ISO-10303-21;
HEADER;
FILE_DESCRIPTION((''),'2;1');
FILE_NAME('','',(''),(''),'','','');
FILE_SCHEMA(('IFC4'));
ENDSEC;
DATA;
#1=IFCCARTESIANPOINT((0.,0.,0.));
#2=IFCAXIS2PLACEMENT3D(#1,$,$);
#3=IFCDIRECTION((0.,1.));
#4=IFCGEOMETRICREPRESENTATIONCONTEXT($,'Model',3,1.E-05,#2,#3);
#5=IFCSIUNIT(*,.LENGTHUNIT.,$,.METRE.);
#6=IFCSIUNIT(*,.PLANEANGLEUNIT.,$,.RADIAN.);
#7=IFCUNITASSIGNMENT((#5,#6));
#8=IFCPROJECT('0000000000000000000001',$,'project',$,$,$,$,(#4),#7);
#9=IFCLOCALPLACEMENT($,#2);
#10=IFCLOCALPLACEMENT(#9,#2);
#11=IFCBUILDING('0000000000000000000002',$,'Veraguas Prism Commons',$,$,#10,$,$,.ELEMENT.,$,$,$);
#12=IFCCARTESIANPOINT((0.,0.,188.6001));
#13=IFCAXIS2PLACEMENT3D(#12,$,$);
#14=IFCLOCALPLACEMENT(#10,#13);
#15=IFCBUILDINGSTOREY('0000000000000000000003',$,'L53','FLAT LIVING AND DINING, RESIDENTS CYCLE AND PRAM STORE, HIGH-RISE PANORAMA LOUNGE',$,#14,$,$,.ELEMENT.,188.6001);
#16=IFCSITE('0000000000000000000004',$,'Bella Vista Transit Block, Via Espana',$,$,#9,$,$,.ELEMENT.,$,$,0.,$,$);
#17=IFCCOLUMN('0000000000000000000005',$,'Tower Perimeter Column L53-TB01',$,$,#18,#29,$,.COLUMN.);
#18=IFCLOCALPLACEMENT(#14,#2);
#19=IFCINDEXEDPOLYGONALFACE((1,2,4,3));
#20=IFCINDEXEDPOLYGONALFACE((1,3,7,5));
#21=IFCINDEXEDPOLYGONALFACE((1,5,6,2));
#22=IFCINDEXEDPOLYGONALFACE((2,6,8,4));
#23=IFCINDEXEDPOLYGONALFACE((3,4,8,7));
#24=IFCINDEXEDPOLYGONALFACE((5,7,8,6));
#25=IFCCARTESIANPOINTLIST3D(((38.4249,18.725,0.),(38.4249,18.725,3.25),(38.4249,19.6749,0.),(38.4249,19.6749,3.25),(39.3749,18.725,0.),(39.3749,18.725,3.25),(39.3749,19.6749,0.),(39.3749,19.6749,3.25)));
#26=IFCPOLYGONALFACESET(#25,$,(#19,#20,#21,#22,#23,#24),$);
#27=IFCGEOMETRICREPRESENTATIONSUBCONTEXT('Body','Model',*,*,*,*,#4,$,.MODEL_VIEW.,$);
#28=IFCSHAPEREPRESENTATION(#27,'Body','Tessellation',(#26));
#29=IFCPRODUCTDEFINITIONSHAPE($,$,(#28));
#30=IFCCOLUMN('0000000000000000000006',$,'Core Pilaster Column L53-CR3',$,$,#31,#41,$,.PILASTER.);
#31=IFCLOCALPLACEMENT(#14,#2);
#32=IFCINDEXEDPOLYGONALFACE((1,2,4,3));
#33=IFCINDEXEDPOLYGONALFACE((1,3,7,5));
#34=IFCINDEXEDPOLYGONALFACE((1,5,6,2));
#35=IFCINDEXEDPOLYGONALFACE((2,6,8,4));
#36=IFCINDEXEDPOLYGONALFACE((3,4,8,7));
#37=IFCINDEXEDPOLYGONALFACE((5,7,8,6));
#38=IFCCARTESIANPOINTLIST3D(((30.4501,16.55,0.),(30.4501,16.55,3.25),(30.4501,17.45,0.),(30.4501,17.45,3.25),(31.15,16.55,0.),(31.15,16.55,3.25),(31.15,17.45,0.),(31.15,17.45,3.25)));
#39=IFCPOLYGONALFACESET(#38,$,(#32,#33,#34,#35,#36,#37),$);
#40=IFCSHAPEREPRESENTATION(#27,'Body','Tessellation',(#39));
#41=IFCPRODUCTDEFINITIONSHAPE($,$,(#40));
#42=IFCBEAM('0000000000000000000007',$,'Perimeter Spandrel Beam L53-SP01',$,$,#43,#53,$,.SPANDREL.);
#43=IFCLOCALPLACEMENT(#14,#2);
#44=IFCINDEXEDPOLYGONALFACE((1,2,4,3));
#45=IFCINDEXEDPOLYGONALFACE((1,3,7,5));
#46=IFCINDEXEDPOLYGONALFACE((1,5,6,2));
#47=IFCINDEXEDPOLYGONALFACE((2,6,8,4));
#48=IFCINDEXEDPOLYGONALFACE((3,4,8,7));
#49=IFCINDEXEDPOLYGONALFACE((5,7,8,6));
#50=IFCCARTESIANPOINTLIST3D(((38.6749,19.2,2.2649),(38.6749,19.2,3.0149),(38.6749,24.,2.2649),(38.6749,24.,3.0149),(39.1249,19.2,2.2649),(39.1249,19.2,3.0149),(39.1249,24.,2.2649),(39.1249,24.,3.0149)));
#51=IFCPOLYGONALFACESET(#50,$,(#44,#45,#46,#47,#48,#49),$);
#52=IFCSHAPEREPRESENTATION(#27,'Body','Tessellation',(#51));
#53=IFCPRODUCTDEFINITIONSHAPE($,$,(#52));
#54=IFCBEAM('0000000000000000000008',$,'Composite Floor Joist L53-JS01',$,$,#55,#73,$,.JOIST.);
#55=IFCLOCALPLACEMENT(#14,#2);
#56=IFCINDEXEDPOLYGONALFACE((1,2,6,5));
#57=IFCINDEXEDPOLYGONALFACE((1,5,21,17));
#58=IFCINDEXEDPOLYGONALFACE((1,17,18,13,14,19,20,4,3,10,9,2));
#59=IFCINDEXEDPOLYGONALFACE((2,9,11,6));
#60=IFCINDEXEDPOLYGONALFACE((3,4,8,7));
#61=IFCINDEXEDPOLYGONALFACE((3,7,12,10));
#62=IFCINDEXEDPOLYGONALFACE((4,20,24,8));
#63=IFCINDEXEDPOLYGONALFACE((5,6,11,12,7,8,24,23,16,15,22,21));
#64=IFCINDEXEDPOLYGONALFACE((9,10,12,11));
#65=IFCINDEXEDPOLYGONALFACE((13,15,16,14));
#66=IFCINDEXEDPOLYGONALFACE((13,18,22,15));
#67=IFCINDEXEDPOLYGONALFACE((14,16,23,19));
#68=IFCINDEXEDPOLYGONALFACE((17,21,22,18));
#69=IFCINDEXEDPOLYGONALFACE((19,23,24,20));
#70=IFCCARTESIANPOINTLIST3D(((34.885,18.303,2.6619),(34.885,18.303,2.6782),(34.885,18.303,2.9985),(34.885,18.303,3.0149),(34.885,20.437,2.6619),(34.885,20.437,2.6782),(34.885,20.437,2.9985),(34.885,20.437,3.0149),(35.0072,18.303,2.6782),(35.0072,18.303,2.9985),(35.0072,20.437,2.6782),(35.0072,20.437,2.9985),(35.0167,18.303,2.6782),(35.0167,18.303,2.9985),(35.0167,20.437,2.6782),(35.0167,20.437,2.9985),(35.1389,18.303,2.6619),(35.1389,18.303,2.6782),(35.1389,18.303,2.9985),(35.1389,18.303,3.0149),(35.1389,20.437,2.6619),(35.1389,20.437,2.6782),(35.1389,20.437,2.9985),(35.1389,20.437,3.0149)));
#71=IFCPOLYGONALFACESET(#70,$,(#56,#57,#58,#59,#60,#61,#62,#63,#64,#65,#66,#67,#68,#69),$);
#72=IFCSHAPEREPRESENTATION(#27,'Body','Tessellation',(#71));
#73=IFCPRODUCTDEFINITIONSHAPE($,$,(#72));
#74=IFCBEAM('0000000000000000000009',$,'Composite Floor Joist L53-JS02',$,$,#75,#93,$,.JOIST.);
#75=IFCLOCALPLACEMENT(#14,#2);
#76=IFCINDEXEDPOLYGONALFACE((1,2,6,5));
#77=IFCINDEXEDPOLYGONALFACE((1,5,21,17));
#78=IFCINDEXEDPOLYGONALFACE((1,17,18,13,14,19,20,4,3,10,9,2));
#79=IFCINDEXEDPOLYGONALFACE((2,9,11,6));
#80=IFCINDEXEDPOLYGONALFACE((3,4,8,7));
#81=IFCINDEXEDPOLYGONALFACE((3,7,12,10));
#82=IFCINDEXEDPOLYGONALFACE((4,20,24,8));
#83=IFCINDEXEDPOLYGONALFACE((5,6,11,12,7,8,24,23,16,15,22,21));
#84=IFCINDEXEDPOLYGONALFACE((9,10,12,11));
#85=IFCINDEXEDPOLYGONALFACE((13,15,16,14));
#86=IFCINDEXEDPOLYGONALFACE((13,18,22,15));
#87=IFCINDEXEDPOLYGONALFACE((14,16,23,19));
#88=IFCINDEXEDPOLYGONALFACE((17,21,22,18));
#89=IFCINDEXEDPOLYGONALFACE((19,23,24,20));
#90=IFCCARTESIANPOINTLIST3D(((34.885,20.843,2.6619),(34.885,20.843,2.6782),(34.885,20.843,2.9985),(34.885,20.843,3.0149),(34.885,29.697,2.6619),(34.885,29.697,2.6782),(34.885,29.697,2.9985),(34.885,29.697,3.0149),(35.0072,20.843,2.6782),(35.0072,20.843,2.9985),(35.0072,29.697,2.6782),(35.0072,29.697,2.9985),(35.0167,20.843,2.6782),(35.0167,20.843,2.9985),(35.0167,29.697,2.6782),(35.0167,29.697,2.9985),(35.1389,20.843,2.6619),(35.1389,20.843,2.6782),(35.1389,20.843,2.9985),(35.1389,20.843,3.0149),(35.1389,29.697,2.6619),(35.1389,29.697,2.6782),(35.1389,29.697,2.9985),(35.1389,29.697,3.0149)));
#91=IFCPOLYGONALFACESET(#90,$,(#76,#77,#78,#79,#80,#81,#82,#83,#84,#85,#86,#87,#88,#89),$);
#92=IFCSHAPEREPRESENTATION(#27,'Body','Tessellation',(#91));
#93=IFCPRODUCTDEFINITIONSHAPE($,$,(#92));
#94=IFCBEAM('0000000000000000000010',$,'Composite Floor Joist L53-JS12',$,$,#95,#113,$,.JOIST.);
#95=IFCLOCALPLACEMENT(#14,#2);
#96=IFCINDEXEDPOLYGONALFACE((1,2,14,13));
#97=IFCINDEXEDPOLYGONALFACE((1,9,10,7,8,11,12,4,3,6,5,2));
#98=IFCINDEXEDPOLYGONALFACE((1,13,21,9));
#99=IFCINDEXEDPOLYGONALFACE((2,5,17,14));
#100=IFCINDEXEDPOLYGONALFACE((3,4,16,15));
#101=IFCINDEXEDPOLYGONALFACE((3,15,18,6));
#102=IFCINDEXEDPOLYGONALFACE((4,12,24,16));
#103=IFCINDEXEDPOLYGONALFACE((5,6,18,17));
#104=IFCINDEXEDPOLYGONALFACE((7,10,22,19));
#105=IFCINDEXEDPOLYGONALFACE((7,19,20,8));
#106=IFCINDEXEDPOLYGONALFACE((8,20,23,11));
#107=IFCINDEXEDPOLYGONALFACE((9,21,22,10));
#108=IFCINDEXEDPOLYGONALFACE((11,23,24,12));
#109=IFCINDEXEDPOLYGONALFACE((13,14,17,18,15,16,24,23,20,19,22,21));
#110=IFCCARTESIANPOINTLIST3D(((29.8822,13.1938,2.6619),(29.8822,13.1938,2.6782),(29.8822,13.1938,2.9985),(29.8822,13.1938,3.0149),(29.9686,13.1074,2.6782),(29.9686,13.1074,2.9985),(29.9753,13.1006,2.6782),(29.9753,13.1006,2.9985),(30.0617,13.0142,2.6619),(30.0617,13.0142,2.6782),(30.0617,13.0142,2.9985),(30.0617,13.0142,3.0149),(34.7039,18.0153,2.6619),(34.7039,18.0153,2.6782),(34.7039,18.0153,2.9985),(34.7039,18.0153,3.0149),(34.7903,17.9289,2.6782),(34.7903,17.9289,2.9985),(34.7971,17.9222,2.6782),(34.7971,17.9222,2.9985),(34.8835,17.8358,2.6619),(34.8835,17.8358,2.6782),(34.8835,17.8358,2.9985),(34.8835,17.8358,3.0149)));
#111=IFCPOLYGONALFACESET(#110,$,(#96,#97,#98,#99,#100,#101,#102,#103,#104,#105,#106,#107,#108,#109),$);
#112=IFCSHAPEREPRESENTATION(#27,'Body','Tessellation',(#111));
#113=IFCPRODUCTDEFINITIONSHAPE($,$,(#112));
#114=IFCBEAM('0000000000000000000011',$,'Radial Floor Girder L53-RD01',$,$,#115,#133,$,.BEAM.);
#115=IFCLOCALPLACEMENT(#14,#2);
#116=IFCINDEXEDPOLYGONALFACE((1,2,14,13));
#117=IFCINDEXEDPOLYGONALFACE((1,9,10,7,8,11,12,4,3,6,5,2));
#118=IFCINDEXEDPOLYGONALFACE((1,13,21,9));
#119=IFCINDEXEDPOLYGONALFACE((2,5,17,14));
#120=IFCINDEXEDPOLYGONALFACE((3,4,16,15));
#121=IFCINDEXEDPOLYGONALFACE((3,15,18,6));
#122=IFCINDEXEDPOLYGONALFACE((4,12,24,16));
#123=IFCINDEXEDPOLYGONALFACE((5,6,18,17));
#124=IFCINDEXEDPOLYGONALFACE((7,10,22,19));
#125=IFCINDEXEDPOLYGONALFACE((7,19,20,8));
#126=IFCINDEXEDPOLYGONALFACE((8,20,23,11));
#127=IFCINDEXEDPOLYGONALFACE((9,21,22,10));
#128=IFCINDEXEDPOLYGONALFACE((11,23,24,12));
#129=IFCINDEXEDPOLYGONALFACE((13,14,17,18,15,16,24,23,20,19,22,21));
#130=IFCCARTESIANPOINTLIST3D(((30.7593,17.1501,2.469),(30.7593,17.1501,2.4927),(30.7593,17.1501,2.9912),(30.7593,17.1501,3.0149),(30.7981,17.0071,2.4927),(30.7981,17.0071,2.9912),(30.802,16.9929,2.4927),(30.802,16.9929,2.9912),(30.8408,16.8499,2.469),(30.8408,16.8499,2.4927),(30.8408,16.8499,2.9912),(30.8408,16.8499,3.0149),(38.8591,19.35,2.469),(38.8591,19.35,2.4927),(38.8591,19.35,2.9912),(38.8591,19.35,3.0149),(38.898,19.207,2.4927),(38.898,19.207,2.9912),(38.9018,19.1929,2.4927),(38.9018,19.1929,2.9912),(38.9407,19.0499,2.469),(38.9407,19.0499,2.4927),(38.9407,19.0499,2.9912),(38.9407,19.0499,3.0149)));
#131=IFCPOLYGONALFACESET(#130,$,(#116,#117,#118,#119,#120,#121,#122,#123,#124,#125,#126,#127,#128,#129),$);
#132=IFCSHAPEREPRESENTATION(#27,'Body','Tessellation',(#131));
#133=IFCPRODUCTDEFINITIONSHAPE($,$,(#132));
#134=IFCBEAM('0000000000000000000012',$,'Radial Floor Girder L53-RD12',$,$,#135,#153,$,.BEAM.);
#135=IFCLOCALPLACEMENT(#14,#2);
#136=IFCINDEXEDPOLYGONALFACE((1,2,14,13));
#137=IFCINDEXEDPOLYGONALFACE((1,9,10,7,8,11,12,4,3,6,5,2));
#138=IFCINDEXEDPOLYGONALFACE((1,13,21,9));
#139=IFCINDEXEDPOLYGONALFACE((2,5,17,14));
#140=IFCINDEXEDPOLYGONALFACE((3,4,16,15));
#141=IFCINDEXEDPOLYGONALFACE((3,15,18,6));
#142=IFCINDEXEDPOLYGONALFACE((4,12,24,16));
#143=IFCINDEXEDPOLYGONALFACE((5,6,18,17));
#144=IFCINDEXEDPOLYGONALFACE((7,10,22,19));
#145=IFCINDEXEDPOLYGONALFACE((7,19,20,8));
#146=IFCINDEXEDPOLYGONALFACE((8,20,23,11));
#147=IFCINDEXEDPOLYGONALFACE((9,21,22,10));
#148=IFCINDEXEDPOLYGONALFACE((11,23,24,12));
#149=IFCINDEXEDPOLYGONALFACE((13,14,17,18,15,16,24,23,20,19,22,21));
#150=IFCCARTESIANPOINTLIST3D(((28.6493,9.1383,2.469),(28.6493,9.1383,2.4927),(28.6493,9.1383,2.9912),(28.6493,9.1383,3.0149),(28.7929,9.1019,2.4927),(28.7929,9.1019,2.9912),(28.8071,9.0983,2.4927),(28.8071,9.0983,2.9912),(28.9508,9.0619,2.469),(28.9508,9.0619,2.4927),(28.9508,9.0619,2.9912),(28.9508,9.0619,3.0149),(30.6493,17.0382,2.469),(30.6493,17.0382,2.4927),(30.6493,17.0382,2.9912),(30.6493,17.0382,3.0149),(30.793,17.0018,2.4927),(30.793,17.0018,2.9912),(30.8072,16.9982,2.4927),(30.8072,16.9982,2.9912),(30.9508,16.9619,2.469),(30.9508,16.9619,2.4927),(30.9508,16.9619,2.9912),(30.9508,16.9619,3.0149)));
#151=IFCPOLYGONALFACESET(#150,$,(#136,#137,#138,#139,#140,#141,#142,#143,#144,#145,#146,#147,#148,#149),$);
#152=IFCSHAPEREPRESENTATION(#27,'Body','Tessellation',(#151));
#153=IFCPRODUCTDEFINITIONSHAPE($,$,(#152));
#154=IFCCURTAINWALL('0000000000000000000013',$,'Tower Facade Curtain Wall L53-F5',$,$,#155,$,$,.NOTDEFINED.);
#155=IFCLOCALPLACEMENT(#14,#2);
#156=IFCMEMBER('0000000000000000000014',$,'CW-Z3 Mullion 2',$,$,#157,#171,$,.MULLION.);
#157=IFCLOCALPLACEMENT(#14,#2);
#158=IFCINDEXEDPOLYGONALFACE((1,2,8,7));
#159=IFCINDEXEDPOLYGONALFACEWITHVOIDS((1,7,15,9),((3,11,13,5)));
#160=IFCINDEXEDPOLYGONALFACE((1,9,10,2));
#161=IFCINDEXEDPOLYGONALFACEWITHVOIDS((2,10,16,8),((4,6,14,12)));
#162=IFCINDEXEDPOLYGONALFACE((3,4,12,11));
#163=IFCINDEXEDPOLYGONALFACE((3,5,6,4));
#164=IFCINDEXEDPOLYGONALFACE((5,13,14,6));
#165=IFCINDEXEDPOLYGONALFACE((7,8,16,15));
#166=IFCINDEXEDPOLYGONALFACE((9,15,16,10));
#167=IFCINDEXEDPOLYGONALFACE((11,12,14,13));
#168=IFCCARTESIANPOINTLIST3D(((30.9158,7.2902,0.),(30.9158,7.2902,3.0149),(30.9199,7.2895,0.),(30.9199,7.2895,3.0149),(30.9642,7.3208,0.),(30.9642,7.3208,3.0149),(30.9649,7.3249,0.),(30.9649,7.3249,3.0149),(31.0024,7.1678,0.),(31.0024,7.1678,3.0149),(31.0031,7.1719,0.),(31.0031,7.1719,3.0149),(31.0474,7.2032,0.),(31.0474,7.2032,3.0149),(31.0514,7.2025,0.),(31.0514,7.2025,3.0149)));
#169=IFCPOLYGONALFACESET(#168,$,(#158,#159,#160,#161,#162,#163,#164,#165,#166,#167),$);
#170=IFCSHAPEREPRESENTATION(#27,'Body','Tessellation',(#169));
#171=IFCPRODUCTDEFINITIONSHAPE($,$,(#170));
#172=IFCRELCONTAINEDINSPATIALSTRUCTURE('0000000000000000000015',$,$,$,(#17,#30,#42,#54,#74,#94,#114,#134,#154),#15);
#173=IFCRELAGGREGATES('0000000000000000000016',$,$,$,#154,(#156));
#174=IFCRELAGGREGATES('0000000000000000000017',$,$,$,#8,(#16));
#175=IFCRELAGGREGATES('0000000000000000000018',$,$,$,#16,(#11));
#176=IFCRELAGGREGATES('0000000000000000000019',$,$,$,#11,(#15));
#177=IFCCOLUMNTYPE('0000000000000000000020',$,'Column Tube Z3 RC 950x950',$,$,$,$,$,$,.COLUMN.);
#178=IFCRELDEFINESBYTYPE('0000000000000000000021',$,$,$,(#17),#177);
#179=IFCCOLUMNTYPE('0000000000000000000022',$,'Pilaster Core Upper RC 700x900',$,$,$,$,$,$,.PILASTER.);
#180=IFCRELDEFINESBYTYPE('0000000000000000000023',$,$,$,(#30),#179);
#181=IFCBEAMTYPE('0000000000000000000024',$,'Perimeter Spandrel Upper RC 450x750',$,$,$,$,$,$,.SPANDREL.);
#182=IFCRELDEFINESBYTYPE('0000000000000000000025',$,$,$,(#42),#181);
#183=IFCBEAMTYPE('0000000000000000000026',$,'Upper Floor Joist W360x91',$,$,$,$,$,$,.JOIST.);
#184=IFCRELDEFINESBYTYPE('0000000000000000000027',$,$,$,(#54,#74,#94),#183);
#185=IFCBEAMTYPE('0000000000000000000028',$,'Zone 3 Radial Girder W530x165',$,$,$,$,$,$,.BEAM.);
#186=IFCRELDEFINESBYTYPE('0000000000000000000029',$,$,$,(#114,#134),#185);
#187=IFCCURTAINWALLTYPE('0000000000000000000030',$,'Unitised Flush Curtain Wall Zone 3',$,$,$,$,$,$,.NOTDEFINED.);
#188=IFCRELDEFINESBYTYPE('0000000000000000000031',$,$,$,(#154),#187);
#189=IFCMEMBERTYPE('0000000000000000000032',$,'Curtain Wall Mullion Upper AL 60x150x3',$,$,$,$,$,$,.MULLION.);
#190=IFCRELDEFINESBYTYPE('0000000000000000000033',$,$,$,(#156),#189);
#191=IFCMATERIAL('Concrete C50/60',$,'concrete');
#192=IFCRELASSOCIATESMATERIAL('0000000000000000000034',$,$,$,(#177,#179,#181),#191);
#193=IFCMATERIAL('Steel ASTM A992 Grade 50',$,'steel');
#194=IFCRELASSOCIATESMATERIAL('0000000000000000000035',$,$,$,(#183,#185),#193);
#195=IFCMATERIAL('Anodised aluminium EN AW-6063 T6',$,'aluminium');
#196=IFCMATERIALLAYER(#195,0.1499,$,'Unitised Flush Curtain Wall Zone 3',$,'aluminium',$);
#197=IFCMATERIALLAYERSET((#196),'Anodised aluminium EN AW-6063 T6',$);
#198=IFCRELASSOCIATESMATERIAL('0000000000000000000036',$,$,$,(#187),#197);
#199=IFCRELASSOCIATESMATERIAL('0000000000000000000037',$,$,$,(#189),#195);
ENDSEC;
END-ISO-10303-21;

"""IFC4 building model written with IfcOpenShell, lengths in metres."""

from ifc_helpers import new_model, si_unit, direction, frame, origin, origin_2d, place, context, subcontext, project, spatial, rectangle, hollow_rectangle, i_section, extrude, source, transform, mapped, material, layer, layer_set, material_profile, profile_set, type_object, element, aggregate, save


model = new_model("IFC4")

# Units and contexts
model_context = context("Model", 3, precision=1e-05, world=origin(), true_north=direction((0.0, 1.0)))
body_context = subcontext(model_context, "Body", "Model", "MODEL_VIEW")
ifc_project = project(units=[si_unit("LENGTHUNIT", "METRE"), si_unit("PLANEANGLEUNIT", "RADIAN")], contexts=[model_context])

# Site, building, storey
site_placement = place(None, origin())
site = spatial("IfcSite", under=ifc_project, at=site_placement, Name="Bella Vista Transit Block, Via Espana", CompositionType="ELEMENT", RefElevation=0.0)
building_placement = place(site_placement, origin())
building = spatial("IfcBuilding", under=site, at=building_placement, Name="Veraguas Prism Commons", CompositionType="ELEMENT")
storey_placement = place(building_placement, frame((0.0, 0.0, 188.6001)))
storey = spatial("IfcBuildingStorey", under=building, at=storey_placement, Name="L53", Description="FLAT LIVING AND DINING, RESIDENTS CYCLE AND PRAM STORE, HIGH-RISE PANORAMA LOUNGE", CompositionType="ELEMENT", Elevation=188.6001)

# Columns
ifc_material_1 = material(Name="Concrete C50/60", Category="concrete")
ifc_material_profile_1 = material_profile(ifc_material_1, rectangle(XDim=0.95, YDim=0.95, at=origin_2d()), Name="RC950X950")
ifc_profile_set_1 = profile_set([ifc_material_profile_1], Name="Concrete C50/60")
column_type_1 = type_object("IfcColumnType", Name="Column Tube Z3 RC 950x950", PredefinedType="COLUMN", material=ifc_profile_set_1)
column_1_placement = place(storey_placement, frame((38.8999, 19.2, 0.0), z_axis=(0.0, 0.0, 1.0), x_axis=(1.0, 0.0, 0.0)))
element("IfcColumn", 1, at=column_1_placement, inside=storey, type_object=column_type_1, Name="Tower Perimeter Column L53-TB01", PredefinedType="COLUMN", context=body_context, shape_type="SweptSolid", body=[
    extrude(rectangle(XDim=0.95, YDim=0.95, at=origin_2d()), origin(), (0.0, 0.0, 1.0), 3.25),
])
ifc_material_profile_2 = material_profile(ifc_material_1, rectangle(XDim=0.7, YDim=0.8999, at=origin_2d()), Name="RC700X900")
ifc_profile_set_2 = profile_set([ifc_material_profile_2], Name="Concrete C50/60")
column_type_2 = type_object("IfcColumnType", Name="Pilaster Core Upper RC 700x900", PredefinedType="PILASTER", material=ifc_profile_set_2)
column_2_placement = place(storey_placement, frame((30.8, 17.0, 0.0), z_axis=(0.0, 0.0, 1.0), x_axis=(1.0, 0.0, 0.0)))
element("IfcColumn", 2, at=column_2_placement, inside=storey, type_object=column_type_2, Name="Core Pilaster Column L53-CR3", PredefinedType="PILASTER", context=body_context, shape_type="SweptSolid", body=[
    extrude(rectangle(XDim=0.7, YDim=0.8999, at=origin_2d()), origin(), (0.0, 0.0, 1.0), 3.25),
])

# Beams
ifc_material_profile_3 = material_profile(ifc_material_1, rectangle(XDim=0.45, YDim=0.75, at=origin_2d()), Name="RC450X750")
ifc_profile_set_3 = profile_set([ifc_material_profile_3], Name="Concrete C50/60")
beam_type_1 = type_object("IfcBeamType", Name="Perimeter Spandrel Upper RC 450x750", PredefinedType="SPANDREL", material=ifc_profile_set_3)
beam_1_placement = place(storey_placement, frame((38.8999, 19.2, 2.6399), z_axis=(0.0, 1.0, 0.0), x_axis=(-1.0, 0.0, 0.0)))
element("IfcBeam", 3, at=beam_1_placement, inside=storey, type_object=beam_type_1, Name="Perimeter Spandrel Beam L53-SP01", PredefinedType="SPANDREL", context=body_context, shape_type="SweptSolid", body=[
    extrude(rectangle(XDim=0.45, YDim=0.75, at=origin_2d()), origin(), (0.0, 0.0, 1.0), 4.8),
])
ifc_material_2 = material(Name="Steel ASTM A992 Grade 50", Category="steel")
ifc_material_profile_4 = material_profile(ifc_material_2, i_section(OverallWidth=0.2539, OverallDepth=0.353, WebThickness=0.0095, FlangeThickness=0.0164, at=origin_2d()), Name="W360X91")
ifc_profile_set_4 = profile_set([ifc_material_profile_4], Name="Steel ASTM A992 Grade 50")
beam_type_2 = type_object("IfcBeamType", Name="Upper Floor Joist W360x91", PredefinedType="JOIST", material=ifc_profile_set_4)
beam_2_placement = place(storey_placement, frame((35.012, 18.303, 2.8384), z_axis=(0.0, 1.0, 0.0), x_axis=(-1.0, 0.0, 0.0)))
element("IfcBeam", 4, at=beam_2_placement, inside=storey, type_object=beam_type_2, Name="Composite Floor Joist L53-JS01", PredefinedType="JOIST", context=body_context, shape_type="SweptSolid", body=[
    extrude(i_section(OverallWidth=0.2539, OverallDepth=0.353, WebThickness=0.0095, FlangeThickness=0.0164, at=origin_2d()), origin(), (0.0, 0.0, 1.0), 2.134),
])
beam_3_placement = place(storey_placement, frame((35.012, 20.843, 2.8384), z_axis=(0.0, 1.0, 0.0), x_axis=(-1.0, 0.0, 0.0)))
element("IfcBeam", 5, at=beam_3_placement, inside=storey, type_object=beam_type_2, Name="Composite Floor Joist L53-JS02", PredefinedType="JOIST", context=body_context, shape_type="SweptSolid", body=[
    extrude(i_section(OverallWidth=0.2539, OverallDepth=0.353, WebThickness=0.0095, FlangeThickness=0.0164, at=origin_2d()), origin(), (0.0, 0.0, 1.0), 8.854),
])
beam_4_placement = place(storey_placement, frame((29.9719, 13.104, 2.8384), z_axis=(0.707125, 0.707089, 0.0), x_axis=(-0.707089, 0.707125, 0.0)))
element("IfcBeam", 6, at=beam_4_placement, inside=storey, type_object=beam_type_2, Name="Composite Floor Joist L53-JS12", PredefinedType="JOIST", context=body_context, shape_type="SweptSolid", body=[
    extrude(i_section(OverallWidth=0.2539, OverallDepth=0.353, WebThickness=0.0095, FlangeThickness=0.0164, at=origin_2d()), origin(), (0.0, 0.0, 1.0), 6.8188),
])
ifc_material_profile_5 = material_profile(ifc_material_2, i_section(OverallWidth=0.311, OverallDepth=0.5459, WebThickness=0.0146, FlangeThickness=0.0237, at=origin_2d()), Name="W530X165")
ifc_profile_set_5 = profile_set([ifc_material_profile_5], Name="Steel ASTM A992 Grade 50")
beam_type_3 = type_object("IfcBeamType", Name="Zone 3 Radial Girder W530x165", PredefinedType="BEAM", material=ifc_profile_set_5)
beam_5_placement = place(storey_placement, frame((38.8999, 19.2, 2.7419), z_axis=(-0.965039, -0.262108, 0.0), x_axis=(0.262108, -0.965039, 0.0)))
element("IfcBeam", 7, at=beam_5_placement, inside=storey, type_object=beam_type_3, Name="Radial Floor Girder L53-RD01", PredefinedType="BEAM", context=body_context, shape_type="SweptSolid", body=[
    extrude(i_section(OverallWidth=0.311, OverallDepth=0.5459, WebThickness=0.0146, FlangeThickness=0.0237, at=origin_2d()), origin(), (0.0, 0.0, 1.0), 8.3933),
])
beam_6_placement = place(storey_placement, frame((28.8, 9.1001, 2.7419), z_axis=(0.245425, 0.969416, 0.0), x_axis=(-0.969416, 0.245425, 0.0)))
element("IfcBeam", 8, at=beam_6_placement, inside=storey, type_object=beam_type_3, Name="Radial Floor Girder L53-RD12", PredefinedType="BEAM", context=body_context, shape_type="SweptSolid", body=[
    extrude(i_section(OverallWidth=0.311, OverallDepth=0.5459, WebThickness=0.0146, FlangeThickness=0.0237, at=origin_2d()), origin(), (0.0, 0.0, 1.0), 8.1492),
])

# Curtain wall, member
ifc_material_3 = material(Name="Anodised aluminium EN AW-6063 T6", Category="aluminium")
ifc_layer_1 = layer(ifc_material_3, 0.1499, Name="Unitised Flush Curtain Wall Zone 3", Category="aluminium")
ifc_layer_set_1 = layer_set([ifc_layer_1], Name="Anodised aluminium EN AW-6063 T6")
curtain_wall_type = type_object("IfcCurtainWallType", Name="Unitised Flush Curtain Wall Zone 3", PredefinedType="NOTDEFINED", material=ifc_layer_set_1)
curtain_wall_1_placement = place(storey_placement, origin())
curtain_wall_1 = element("IfcCurtainWall", 9, at=curtain_wall_1_placement, inside=storey, type_object=curtain_wall_type, Name="Tower Facade Curtain Wall L53-F5", PredefinedType="NOTDEFINED")
ifc_material_profile_6 = material_profile(ifc_material_3, hollow_rectangle(XDim=0.0601, YDim=0.1499, WallThickness=0.0029, at=origin_2d()), Name="AL60X150X3")
ifc_profile_set_6 = profile_set([ifc_material_profile_6], Name="Anodised aluminium EN AW-6063 T6")
member_type_1 = type_object("IfcMemberType", Name="Curtain Wall Mullion Upper AL 60x150x3", PredefinedType="MULLION", material=ifc_profile_set_6)
shared_shape_1 = source(origin(), body_context, "Body", "SweptSolid", [
    extrude(hollow_rectangle(XDim=0.0601, YDim=0.1499, WallThickness=0.0029, at=origin_2d()), origin(), (0.0, 0.0, 1.0), 3.0149),
])
member_1_placement = place(storey_placement, frame((30.9836, 7.2463, 0.0), z_axis=(0.0, 0.0, 1.0), x_axis=(0.816341, 0.57757, 0.0)))
member_1 = element("IfcMember", 10, at=member_1_placement, type_object=member_type_1, Name="CW-Z3 Mullion 2", PredefinedType="MULLION", context=body_context, shape_type="MappedRepresentation", body=[
    mapped(shared_shape_1, transform((0.0, 0.0, 0.0), scale=1.0)),
])

aggregate(curtain_wall_1, [member_1])

save(model, "model.ifc")
